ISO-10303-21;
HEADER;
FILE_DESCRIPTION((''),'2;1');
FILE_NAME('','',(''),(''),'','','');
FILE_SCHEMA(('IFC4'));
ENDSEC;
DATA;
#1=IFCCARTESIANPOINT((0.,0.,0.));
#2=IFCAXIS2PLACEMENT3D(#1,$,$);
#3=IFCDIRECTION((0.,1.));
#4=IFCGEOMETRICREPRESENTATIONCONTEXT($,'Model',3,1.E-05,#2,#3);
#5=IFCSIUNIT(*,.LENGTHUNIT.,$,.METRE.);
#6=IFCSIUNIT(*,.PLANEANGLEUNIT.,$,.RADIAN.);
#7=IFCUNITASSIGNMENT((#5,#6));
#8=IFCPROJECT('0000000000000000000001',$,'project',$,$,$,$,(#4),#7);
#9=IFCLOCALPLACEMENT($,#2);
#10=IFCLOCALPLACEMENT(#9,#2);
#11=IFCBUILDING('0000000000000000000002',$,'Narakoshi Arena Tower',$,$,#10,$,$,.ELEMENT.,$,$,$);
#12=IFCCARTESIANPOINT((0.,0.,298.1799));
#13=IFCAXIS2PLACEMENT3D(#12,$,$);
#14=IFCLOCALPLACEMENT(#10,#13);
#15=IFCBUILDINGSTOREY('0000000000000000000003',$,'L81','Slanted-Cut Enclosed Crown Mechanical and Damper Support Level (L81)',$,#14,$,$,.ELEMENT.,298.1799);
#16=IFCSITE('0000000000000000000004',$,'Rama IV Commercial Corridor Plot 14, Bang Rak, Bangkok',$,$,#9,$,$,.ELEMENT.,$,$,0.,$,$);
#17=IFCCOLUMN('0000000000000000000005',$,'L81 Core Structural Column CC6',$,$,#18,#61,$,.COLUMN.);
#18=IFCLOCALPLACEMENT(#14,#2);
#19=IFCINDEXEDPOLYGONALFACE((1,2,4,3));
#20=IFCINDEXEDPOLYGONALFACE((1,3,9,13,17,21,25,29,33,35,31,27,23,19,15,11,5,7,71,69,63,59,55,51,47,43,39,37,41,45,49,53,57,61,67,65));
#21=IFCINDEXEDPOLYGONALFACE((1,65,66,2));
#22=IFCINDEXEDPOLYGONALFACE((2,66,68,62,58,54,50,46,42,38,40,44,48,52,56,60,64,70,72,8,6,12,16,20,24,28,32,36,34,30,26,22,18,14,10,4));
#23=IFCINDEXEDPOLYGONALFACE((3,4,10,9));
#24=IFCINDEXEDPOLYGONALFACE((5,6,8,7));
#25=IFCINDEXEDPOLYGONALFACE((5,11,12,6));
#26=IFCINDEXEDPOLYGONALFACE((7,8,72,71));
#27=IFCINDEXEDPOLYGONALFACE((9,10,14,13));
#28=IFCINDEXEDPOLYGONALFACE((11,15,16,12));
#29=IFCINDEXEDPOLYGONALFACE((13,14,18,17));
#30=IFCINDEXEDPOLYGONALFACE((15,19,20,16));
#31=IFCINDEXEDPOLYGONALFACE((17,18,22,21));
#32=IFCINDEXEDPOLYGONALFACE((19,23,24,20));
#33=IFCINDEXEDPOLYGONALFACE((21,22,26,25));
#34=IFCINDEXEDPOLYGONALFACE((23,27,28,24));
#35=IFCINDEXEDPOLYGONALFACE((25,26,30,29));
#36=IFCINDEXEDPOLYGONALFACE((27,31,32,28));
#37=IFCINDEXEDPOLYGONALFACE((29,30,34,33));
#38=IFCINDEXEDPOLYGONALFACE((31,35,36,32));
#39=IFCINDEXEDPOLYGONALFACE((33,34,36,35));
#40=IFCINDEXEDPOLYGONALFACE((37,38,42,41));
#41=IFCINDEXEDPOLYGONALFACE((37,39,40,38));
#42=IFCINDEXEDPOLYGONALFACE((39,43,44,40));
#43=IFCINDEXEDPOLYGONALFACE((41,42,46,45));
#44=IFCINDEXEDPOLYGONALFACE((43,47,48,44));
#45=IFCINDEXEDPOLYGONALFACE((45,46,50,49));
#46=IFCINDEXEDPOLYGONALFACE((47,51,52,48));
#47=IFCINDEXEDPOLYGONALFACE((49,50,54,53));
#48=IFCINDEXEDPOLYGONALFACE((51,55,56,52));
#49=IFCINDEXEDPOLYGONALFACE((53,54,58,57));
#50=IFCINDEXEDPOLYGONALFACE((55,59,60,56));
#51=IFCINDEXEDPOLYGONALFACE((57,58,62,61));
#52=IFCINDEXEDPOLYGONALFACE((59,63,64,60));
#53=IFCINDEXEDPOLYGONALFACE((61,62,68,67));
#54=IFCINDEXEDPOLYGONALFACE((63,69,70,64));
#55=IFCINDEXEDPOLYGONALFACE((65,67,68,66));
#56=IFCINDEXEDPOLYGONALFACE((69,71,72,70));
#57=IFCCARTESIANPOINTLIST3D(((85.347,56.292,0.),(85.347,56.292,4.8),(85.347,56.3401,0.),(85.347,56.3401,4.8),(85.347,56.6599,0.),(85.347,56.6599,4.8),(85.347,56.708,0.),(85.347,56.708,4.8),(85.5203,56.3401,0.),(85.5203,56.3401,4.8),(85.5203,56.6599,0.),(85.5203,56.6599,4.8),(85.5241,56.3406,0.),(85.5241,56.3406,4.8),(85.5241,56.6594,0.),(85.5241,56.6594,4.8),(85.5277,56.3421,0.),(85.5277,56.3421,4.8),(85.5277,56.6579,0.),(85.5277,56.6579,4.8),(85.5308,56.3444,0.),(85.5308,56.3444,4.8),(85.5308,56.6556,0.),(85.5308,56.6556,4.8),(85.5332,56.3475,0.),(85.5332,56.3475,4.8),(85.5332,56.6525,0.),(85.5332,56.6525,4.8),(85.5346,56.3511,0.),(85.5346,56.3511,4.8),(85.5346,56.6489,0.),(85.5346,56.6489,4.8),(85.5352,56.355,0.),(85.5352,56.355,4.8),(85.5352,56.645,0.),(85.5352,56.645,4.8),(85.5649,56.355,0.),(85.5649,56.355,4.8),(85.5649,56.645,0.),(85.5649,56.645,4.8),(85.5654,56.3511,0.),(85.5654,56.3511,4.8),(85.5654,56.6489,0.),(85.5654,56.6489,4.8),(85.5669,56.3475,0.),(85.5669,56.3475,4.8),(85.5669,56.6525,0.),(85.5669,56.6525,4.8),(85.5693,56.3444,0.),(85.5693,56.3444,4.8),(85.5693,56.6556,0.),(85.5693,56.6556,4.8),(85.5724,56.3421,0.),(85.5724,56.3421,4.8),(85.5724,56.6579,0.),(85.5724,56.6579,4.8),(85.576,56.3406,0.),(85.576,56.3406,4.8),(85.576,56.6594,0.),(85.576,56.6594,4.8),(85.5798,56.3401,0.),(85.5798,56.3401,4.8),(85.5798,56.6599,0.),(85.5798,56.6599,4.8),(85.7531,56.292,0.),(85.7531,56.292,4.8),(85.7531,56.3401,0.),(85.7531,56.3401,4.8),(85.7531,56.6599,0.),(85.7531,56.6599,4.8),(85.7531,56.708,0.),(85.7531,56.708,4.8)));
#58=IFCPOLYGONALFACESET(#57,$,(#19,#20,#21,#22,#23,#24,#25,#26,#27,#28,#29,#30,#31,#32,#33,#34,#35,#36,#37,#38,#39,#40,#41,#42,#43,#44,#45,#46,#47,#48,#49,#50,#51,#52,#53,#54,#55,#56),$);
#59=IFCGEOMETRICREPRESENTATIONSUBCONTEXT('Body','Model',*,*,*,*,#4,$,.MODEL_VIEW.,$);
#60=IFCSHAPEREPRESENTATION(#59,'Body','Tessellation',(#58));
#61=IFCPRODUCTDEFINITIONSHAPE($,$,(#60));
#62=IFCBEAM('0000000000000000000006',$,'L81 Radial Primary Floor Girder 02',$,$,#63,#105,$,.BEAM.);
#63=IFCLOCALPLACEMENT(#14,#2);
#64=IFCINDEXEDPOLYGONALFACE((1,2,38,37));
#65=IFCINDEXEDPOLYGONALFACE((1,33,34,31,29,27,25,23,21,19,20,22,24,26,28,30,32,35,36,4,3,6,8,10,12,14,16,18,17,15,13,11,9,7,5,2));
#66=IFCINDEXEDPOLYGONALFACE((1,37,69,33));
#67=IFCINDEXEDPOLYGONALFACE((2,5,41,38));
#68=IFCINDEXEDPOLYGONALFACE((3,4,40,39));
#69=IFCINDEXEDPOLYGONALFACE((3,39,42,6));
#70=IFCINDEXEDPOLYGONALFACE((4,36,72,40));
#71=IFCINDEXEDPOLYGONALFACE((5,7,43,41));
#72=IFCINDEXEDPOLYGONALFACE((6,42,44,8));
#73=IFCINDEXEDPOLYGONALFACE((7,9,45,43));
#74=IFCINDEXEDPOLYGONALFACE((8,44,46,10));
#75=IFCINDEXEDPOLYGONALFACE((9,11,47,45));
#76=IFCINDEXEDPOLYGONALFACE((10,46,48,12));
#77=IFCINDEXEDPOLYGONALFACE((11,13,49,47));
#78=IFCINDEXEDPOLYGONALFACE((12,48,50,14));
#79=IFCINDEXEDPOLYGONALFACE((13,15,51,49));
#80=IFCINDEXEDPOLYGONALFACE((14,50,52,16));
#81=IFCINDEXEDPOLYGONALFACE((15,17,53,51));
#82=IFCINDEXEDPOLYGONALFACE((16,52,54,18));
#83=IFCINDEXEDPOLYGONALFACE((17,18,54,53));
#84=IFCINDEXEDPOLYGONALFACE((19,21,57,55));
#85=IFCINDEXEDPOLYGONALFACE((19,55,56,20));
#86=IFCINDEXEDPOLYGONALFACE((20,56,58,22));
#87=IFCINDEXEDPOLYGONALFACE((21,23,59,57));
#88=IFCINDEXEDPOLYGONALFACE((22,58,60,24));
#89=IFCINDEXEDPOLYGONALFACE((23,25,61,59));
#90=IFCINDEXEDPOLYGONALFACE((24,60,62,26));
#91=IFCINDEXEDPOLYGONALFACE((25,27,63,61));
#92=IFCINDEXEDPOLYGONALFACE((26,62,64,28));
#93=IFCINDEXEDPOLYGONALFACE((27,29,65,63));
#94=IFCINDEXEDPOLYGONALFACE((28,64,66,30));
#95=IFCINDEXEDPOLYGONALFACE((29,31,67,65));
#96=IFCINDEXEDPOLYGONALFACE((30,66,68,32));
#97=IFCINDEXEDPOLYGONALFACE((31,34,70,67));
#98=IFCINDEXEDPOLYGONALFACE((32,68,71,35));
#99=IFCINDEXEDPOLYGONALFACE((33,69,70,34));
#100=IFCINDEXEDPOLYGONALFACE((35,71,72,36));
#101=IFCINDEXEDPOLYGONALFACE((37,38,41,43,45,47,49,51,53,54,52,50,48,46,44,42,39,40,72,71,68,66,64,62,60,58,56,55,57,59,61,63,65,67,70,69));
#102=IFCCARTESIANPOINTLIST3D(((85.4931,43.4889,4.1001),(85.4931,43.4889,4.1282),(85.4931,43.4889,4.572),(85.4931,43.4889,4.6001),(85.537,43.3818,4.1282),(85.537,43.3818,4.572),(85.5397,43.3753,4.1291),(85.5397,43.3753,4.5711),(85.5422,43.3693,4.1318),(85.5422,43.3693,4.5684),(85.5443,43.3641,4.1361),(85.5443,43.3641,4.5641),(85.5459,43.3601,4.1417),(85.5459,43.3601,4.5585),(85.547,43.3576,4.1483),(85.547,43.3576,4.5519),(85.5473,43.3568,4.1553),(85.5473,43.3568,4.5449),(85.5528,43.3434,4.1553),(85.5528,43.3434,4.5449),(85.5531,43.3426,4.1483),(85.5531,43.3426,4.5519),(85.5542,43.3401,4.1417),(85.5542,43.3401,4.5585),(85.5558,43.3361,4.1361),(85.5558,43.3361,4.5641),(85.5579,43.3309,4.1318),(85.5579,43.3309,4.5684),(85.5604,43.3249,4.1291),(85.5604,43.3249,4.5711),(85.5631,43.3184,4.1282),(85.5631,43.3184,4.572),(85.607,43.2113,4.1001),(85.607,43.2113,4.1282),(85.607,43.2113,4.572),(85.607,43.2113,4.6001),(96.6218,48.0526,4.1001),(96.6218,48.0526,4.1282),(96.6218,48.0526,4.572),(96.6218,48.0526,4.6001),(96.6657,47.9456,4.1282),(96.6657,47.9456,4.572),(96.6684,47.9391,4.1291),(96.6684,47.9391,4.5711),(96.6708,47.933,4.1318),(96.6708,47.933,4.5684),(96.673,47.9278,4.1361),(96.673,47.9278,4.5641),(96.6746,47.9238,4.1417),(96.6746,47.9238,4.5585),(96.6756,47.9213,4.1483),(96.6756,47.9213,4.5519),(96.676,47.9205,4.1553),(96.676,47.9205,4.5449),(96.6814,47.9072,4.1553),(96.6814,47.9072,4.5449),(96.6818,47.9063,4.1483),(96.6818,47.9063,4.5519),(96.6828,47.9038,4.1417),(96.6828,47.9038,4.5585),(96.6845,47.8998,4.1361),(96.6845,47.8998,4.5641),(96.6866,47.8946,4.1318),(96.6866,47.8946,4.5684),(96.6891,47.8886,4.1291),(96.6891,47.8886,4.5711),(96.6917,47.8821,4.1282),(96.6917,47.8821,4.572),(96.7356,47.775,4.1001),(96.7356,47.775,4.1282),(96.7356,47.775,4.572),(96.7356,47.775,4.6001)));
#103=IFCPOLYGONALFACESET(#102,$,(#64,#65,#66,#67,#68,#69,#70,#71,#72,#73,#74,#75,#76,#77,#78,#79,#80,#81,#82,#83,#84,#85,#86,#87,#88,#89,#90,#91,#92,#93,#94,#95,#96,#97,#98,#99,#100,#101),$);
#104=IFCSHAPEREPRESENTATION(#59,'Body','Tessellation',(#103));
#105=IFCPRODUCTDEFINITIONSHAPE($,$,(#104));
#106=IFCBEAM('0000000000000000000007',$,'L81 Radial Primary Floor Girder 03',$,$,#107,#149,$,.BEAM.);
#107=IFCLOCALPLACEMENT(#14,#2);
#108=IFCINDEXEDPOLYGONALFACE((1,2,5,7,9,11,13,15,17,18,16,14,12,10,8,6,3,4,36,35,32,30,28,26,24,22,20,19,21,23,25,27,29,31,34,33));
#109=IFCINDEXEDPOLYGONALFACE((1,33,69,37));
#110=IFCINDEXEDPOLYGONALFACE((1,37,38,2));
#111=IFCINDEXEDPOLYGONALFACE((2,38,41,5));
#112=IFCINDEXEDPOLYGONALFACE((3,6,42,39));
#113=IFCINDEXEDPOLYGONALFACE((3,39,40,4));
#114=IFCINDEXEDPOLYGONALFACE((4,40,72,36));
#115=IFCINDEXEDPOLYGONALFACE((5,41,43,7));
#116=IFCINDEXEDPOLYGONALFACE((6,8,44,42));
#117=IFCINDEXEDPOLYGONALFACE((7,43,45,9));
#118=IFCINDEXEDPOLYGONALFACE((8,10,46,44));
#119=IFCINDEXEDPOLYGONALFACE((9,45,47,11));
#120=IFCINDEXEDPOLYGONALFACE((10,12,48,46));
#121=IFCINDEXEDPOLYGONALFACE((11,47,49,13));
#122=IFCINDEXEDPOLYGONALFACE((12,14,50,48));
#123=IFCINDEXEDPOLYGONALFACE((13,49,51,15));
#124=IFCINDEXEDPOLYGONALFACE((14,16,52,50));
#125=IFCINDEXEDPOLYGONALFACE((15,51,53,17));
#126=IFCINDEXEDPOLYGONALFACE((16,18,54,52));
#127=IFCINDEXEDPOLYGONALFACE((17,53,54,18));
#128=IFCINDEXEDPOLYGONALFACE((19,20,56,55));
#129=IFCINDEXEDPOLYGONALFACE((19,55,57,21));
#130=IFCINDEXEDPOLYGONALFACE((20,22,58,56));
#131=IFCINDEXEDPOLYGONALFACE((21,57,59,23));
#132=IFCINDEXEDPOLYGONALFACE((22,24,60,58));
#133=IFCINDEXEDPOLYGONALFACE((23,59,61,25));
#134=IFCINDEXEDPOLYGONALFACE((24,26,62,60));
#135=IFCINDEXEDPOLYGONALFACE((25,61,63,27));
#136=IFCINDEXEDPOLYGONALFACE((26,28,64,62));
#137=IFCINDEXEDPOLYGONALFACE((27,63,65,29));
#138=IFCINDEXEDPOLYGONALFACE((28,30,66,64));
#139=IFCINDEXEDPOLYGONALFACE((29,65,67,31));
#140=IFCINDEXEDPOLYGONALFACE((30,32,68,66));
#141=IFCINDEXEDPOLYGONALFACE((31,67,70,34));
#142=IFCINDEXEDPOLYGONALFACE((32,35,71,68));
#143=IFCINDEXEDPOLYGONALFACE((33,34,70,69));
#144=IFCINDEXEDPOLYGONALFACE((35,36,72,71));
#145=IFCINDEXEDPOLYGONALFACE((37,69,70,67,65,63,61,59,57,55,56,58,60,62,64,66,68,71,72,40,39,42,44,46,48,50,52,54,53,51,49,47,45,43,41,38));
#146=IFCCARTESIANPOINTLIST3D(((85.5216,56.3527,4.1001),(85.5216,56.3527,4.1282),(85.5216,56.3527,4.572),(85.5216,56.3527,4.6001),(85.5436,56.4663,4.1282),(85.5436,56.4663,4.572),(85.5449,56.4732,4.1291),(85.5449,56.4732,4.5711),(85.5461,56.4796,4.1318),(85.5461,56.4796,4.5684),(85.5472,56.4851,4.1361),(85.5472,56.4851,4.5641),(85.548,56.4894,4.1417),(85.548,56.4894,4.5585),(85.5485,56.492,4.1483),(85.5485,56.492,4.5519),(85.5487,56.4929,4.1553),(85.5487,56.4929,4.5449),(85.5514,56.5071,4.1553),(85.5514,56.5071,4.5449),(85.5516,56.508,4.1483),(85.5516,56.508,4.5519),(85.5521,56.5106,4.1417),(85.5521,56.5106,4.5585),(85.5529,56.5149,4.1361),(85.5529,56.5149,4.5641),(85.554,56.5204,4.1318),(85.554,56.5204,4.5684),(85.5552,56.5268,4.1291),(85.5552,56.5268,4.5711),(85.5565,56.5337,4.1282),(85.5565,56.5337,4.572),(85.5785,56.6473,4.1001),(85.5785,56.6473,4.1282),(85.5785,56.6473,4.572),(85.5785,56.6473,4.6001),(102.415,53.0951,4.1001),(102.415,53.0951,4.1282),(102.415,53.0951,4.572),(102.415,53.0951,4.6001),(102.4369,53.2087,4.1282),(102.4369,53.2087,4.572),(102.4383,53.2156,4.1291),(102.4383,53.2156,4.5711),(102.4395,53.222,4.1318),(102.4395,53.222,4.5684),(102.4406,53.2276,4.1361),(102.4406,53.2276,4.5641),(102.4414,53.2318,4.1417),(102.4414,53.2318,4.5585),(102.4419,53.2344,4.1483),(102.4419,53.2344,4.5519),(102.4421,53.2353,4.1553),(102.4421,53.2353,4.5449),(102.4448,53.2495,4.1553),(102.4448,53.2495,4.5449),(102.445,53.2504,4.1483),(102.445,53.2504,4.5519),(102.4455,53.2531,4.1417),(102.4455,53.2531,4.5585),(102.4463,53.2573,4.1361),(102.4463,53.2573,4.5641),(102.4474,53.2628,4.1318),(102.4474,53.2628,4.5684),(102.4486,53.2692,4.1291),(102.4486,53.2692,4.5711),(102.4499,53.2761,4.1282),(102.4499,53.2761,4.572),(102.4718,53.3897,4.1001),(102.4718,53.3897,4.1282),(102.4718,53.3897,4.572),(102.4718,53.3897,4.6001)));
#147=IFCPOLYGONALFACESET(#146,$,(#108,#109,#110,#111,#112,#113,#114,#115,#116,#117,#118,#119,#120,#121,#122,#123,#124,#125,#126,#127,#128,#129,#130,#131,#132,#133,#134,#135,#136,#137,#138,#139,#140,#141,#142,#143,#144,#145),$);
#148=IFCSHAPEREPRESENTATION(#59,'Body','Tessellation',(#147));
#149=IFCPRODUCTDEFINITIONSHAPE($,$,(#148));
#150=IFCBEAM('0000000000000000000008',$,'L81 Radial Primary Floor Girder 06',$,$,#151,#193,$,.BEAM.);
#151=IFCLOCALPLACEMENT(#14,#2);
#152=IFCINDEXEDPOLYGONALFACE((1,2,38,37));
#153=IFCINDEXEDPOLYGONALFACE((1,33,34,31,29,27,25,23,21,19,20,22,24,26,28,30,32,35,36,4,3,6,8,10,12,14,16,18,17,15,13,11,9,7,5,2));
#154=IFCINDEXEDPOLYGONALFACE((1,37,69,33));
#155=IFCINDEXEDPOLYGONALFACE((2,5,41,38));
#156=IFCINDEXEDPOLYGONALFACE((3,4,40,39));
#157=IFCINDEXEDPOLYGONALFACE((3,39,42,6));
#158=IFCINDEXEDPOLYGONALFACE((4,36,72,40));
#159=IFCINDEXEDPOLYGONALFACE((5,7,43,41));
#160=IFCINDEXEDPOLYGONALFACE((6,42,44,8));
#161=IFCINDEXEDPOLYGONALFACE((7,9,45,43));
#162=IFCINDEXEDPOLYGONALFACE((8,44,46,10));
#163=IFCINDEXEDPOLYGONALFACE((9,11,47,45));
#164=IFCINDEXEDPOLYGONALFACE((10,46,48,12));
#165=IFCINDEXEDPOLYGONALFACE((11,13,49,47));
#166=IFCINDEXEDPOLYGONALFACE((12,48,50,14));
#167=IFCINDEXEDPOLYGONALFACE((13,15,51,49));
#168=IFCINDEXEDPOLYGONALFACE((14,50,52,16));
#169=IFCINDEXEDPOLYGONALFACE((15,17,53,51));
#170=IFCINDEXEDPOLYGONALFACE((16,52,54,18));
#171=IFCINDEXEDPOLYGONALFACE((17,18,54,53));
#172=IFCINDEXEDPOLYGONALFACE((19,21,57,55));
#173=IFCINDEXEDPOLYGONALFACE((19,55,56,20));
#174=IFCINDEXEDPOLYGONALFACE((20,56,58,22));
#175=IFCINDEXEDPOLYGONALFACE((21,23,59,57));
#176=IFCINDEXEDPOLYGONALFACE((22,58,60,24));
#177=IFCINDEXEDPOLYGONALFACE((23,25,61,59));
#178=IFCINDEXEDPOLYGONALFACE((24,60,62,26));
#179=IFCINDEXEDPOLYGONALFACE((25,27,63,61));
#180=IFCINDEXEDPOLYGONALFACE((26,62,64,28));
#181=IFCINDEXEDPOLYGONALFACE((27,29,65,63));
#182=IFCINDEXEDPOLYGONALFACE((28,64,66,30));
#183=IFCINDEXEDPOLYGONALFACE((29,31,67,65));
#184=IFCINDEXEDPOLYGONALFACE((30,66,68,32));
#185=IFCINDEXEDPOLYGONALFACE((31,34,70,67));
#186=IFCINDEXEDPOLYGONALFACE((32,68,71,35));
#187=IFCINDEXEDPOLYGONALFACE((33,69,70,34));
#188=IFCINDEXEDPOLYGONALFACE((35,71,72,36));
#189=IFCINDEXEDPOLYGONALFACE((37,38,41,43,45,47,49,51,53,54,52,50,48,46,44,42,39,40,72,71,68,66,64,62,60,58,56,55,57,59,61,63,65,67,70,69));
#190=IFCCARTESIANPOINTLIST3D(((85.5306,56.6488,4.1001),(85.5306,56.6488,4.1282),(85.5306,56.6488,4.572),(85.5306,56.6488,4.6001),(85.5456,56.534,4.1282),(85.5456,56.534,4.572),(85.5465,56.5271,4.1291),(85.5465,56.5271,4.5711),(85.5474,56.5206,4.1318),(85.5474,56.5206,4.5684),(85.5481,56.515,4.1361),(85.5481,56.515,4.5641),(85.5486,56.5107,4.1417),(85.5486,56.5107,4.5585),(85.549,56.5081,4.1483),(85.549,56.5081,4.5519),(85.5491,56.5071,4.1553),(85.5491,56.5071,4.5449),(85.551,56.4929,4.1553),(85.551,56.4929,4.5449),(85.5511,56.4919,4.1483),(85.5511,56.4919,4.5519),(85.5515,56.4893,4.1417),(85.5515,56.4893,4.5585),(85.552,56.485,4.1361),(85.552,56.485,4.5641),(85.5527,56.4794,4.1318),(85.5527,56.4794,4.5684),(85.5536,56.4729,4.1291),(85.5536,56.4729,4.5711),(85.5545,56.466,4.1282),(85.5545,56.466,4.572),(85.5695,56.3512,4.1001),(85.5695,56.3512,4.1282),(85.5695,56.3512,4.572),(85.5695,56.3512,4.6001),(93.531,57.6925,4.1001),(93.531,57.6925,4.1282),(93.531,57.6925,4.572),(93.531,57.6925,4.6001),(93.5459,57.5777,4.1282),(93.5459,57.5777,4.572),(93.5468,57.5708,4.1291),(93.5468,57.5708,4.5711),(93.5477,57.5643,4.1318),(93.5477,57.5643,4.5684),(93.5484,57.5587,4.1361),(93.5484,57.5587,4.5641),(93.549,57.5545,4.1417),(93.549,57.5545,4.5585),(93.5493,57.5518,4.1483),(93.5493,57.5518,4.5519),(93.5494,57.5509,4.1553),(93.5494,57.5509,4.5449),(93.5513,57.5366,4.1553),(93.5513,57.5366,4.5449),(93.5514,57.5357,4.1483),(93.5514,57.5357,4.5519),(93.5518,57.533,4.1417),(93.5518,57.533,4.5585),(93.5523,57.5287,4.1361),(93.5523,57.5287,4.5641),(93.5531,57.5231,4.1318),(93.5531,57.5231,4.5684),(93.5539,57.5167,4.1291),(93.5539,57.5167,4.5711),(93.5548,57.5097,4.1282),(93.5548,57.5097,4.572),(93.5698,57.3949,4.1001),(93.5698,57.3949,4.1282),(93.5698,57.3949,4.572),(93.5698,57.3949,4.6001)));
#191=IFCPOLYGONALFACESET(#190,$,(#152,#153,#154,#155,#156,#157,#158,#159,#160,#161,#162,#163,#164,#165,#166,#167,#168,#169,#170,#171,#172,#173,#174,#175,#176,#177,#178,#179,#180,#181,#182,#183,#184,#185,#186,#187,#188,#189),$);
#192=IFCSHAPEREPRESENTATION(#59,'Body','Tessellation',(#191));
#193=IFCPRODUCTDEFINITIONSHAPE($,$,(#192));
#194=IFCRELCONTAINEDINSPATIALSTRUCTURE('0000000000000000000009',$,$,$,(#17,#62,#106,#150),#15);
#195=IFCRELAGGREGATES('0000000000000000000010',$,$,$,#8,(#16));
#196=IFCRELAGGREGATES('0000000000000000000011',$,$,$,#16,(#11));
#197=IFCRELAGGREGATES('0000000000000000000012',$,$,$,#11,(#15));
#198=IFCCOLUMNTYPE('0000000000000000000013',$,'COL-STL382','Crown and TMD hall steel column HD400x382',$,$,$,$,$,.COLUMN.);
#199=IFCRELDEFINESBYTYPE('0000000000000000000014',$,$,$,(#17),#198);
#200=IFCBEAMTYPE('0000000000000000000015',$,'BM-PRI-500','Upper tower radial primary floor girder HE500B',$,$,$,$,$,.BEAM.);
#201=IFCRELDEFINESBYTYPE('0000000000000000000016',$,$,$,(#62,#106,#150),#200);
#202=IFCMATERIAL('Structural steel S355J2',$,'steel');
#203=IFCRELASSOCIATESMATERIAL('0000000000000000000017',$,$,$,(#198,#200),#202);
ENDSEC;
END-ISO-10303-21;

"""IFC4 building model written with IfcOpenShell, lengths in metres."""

from ifc_helpers import new_model, si_unit, direction, frame, origin, origin_2d, place, context, subcontext, project, spatial, i_section, extrude, material, material_profile, profile_set, type_object, element, save


model = new_model("IFC4")

# Units and contexts
model_context = context("Model", 3, precision=1e-05, world=origin(), true_north=direction((0.0, 1.0)))
body_context = subcontext(model_context, "Body", "Model", "MODEL_VIEW")
ifc_project = project(units=[si_unit("LENGTHUNIT", "METRE"), si_unit("PLANEANGLEUNIT", "RADIAN")], contexts=[model_context])

# Site, building, storey
site_placement = place(None, origin())
site = spatial("IfcSite", under=ifc_project, at=site_placement, Name="Rama IV Commercial Corridor Plot 14, Bang Rak, Bangkok", CompositionType="ELEMENT", RefElevation=0.0)
building_placement = place(site_placement, origin())
building = spatial("IfcBuilding", under=site, at=building_placement, Name="Narakoshi Arena Tower", CompositionType="ELEMENT")
storey_placement = place(building_placement, frame((0.0, 0.0, 298.1799)))
storey = spatial("IfcBuildingStorey", under=building, at=storey_placement, Name="L81", Description="Slanted-Cut Enclosed Crown Mechanical and Damper Support Level (L81)", CompositionType="ELEMENT", Elevation=298.1799)

# Column
ifc_material_1 = material(Name="Structural steel S355J2", Category="steel")
ifc_material_profile_1 = material_profile(ifc_material_1, i_section(OverallWidth=0.406, OverallDepth=0.416, WebThickness=0.0298, FlangeThickness=0.0481, FilletRadius=0.0149, at=origin_2d()), Name="HD400x382")
ifc_profile_set_1 = profile_set([ifc_material_profile_1], Name="Structural steel S355J2")
column_type = type_object("IfcColumnType", Name="COL-STL382", Description="Crown and TMD hall steel column HD400x382", PredefinedType="COLUMN", material=ifc_profile_set_1)
column_placement = place(storey_placement, frame((85.55, 56.5, 0.0), z_axis=(0.0, 0.0, 1.0), x_axis=(1.0, 0.0, 0.0)))
element("IfcColumn", 1, at=column_placement, inside=storey, type_object=column_type, Name="L81 Core Structural Column CC6", PredefinedType="COLUMN", context=body_context, shape_type="SweptSolid", body=[
    extrude(i_section(OverallWidth=0.406, OverallDepth=0.416, WebThickness=0.0298, FlangeThickness=0.0481, FilletRadius=0.0149, at=origin_2d()), origin(), (0.0, 0.0, 1.0), 4.8),
])

# Beams
ifc_material_profile_2 = material_profile(ifc_material_1, i_section(OverallWidth=0.3, OverallDepth=0.5, WebThickness=0.0144, FlangeThickness=0.0281, FilletRadius=0.0271, at=origin_2d()), Name="HE500B")
ifc_profile_set_2 = profile_set([ifc_material_profile_2], Name="Structural steel S355J2")
beam_type = type_object("IfcBeamType", Name="BM-PRI-500", Description="Upper tower radial primary floor girder HE500B", PredefinedType="BEAM", material=ifc_profile_set_2)
beam_1_placement = place(storey_placement, frame((85.55, 43.3501, 4.3501), z_axis=(0.925224, 0.379422, 0.0), x_axis=(-0.379422, 0.925224, 0.0)))
element("IfcBeam", 2, at=beam_1_placement, inside=storey, type_object=beam_type, Name="L81 Radial Primary Floor Girder 02", PredefinedType="BEAM", context=body_context, shape_type="SweptSolid", body=[
    extrude(i_section(OverallWidth=0.3, OverallDepth=0.5, WebThickness=0.0144, FlangeThickness=0.0281, FilletRadius=0.0271, at=origin_2d()), origin(), (0.0, 0.0, 1.0), 12.0281),
])
beam_2_placement = place(storey_placement, frame((85.55, 56.5, 4.3501), z_axis=(0.981911, -0.189344, 0.0), x_axis=(0.189344, 0.981911, 0.0)))
element("IfcBeam", 3, at=beam_2_placement, inside=storey, type_object=beam_type, Name="L81 Radial Primary Floor Girder 03", PredefinedType="BEAM", context=body_context, shape_type="SweptSolid", body=[
    extrude(i_section(OverallWidth=0.3, OverallDepth=0.5, WebThickness=0.0144, FlangeThickness=0.0281, FilletRadius=0.0271, at=origin_2d()), origin(), (0.0, 0.0, 1.0), 17.2046),
])
beam_3_placement = place(storey_placement, frame((85.55, 56.5, 4.3501), z_axis=(0.991597, 0.129362, 0.0), x_axis=(-0.129362, 0.991597, 0.0)))
element("IfcBeam", 4, at=beam_3_placement, inside=storey, type_object=beam_type, Name="L81 Radial Primary Floor Girder 06", PredefinedType="BEAM", context=body_context, shape_type="SweptSolid", body=[
    extrude(i_section(OverallWidth=0.3, OverallDepth=0.5, WebThickness=0.0144, FlangeThickness=0.0281, FilletRadius=0.0271, at=origin_2d()), origin(), (0.0, 0.0, 1.0), 8.0681),
])

save(model, "model.ifc")
